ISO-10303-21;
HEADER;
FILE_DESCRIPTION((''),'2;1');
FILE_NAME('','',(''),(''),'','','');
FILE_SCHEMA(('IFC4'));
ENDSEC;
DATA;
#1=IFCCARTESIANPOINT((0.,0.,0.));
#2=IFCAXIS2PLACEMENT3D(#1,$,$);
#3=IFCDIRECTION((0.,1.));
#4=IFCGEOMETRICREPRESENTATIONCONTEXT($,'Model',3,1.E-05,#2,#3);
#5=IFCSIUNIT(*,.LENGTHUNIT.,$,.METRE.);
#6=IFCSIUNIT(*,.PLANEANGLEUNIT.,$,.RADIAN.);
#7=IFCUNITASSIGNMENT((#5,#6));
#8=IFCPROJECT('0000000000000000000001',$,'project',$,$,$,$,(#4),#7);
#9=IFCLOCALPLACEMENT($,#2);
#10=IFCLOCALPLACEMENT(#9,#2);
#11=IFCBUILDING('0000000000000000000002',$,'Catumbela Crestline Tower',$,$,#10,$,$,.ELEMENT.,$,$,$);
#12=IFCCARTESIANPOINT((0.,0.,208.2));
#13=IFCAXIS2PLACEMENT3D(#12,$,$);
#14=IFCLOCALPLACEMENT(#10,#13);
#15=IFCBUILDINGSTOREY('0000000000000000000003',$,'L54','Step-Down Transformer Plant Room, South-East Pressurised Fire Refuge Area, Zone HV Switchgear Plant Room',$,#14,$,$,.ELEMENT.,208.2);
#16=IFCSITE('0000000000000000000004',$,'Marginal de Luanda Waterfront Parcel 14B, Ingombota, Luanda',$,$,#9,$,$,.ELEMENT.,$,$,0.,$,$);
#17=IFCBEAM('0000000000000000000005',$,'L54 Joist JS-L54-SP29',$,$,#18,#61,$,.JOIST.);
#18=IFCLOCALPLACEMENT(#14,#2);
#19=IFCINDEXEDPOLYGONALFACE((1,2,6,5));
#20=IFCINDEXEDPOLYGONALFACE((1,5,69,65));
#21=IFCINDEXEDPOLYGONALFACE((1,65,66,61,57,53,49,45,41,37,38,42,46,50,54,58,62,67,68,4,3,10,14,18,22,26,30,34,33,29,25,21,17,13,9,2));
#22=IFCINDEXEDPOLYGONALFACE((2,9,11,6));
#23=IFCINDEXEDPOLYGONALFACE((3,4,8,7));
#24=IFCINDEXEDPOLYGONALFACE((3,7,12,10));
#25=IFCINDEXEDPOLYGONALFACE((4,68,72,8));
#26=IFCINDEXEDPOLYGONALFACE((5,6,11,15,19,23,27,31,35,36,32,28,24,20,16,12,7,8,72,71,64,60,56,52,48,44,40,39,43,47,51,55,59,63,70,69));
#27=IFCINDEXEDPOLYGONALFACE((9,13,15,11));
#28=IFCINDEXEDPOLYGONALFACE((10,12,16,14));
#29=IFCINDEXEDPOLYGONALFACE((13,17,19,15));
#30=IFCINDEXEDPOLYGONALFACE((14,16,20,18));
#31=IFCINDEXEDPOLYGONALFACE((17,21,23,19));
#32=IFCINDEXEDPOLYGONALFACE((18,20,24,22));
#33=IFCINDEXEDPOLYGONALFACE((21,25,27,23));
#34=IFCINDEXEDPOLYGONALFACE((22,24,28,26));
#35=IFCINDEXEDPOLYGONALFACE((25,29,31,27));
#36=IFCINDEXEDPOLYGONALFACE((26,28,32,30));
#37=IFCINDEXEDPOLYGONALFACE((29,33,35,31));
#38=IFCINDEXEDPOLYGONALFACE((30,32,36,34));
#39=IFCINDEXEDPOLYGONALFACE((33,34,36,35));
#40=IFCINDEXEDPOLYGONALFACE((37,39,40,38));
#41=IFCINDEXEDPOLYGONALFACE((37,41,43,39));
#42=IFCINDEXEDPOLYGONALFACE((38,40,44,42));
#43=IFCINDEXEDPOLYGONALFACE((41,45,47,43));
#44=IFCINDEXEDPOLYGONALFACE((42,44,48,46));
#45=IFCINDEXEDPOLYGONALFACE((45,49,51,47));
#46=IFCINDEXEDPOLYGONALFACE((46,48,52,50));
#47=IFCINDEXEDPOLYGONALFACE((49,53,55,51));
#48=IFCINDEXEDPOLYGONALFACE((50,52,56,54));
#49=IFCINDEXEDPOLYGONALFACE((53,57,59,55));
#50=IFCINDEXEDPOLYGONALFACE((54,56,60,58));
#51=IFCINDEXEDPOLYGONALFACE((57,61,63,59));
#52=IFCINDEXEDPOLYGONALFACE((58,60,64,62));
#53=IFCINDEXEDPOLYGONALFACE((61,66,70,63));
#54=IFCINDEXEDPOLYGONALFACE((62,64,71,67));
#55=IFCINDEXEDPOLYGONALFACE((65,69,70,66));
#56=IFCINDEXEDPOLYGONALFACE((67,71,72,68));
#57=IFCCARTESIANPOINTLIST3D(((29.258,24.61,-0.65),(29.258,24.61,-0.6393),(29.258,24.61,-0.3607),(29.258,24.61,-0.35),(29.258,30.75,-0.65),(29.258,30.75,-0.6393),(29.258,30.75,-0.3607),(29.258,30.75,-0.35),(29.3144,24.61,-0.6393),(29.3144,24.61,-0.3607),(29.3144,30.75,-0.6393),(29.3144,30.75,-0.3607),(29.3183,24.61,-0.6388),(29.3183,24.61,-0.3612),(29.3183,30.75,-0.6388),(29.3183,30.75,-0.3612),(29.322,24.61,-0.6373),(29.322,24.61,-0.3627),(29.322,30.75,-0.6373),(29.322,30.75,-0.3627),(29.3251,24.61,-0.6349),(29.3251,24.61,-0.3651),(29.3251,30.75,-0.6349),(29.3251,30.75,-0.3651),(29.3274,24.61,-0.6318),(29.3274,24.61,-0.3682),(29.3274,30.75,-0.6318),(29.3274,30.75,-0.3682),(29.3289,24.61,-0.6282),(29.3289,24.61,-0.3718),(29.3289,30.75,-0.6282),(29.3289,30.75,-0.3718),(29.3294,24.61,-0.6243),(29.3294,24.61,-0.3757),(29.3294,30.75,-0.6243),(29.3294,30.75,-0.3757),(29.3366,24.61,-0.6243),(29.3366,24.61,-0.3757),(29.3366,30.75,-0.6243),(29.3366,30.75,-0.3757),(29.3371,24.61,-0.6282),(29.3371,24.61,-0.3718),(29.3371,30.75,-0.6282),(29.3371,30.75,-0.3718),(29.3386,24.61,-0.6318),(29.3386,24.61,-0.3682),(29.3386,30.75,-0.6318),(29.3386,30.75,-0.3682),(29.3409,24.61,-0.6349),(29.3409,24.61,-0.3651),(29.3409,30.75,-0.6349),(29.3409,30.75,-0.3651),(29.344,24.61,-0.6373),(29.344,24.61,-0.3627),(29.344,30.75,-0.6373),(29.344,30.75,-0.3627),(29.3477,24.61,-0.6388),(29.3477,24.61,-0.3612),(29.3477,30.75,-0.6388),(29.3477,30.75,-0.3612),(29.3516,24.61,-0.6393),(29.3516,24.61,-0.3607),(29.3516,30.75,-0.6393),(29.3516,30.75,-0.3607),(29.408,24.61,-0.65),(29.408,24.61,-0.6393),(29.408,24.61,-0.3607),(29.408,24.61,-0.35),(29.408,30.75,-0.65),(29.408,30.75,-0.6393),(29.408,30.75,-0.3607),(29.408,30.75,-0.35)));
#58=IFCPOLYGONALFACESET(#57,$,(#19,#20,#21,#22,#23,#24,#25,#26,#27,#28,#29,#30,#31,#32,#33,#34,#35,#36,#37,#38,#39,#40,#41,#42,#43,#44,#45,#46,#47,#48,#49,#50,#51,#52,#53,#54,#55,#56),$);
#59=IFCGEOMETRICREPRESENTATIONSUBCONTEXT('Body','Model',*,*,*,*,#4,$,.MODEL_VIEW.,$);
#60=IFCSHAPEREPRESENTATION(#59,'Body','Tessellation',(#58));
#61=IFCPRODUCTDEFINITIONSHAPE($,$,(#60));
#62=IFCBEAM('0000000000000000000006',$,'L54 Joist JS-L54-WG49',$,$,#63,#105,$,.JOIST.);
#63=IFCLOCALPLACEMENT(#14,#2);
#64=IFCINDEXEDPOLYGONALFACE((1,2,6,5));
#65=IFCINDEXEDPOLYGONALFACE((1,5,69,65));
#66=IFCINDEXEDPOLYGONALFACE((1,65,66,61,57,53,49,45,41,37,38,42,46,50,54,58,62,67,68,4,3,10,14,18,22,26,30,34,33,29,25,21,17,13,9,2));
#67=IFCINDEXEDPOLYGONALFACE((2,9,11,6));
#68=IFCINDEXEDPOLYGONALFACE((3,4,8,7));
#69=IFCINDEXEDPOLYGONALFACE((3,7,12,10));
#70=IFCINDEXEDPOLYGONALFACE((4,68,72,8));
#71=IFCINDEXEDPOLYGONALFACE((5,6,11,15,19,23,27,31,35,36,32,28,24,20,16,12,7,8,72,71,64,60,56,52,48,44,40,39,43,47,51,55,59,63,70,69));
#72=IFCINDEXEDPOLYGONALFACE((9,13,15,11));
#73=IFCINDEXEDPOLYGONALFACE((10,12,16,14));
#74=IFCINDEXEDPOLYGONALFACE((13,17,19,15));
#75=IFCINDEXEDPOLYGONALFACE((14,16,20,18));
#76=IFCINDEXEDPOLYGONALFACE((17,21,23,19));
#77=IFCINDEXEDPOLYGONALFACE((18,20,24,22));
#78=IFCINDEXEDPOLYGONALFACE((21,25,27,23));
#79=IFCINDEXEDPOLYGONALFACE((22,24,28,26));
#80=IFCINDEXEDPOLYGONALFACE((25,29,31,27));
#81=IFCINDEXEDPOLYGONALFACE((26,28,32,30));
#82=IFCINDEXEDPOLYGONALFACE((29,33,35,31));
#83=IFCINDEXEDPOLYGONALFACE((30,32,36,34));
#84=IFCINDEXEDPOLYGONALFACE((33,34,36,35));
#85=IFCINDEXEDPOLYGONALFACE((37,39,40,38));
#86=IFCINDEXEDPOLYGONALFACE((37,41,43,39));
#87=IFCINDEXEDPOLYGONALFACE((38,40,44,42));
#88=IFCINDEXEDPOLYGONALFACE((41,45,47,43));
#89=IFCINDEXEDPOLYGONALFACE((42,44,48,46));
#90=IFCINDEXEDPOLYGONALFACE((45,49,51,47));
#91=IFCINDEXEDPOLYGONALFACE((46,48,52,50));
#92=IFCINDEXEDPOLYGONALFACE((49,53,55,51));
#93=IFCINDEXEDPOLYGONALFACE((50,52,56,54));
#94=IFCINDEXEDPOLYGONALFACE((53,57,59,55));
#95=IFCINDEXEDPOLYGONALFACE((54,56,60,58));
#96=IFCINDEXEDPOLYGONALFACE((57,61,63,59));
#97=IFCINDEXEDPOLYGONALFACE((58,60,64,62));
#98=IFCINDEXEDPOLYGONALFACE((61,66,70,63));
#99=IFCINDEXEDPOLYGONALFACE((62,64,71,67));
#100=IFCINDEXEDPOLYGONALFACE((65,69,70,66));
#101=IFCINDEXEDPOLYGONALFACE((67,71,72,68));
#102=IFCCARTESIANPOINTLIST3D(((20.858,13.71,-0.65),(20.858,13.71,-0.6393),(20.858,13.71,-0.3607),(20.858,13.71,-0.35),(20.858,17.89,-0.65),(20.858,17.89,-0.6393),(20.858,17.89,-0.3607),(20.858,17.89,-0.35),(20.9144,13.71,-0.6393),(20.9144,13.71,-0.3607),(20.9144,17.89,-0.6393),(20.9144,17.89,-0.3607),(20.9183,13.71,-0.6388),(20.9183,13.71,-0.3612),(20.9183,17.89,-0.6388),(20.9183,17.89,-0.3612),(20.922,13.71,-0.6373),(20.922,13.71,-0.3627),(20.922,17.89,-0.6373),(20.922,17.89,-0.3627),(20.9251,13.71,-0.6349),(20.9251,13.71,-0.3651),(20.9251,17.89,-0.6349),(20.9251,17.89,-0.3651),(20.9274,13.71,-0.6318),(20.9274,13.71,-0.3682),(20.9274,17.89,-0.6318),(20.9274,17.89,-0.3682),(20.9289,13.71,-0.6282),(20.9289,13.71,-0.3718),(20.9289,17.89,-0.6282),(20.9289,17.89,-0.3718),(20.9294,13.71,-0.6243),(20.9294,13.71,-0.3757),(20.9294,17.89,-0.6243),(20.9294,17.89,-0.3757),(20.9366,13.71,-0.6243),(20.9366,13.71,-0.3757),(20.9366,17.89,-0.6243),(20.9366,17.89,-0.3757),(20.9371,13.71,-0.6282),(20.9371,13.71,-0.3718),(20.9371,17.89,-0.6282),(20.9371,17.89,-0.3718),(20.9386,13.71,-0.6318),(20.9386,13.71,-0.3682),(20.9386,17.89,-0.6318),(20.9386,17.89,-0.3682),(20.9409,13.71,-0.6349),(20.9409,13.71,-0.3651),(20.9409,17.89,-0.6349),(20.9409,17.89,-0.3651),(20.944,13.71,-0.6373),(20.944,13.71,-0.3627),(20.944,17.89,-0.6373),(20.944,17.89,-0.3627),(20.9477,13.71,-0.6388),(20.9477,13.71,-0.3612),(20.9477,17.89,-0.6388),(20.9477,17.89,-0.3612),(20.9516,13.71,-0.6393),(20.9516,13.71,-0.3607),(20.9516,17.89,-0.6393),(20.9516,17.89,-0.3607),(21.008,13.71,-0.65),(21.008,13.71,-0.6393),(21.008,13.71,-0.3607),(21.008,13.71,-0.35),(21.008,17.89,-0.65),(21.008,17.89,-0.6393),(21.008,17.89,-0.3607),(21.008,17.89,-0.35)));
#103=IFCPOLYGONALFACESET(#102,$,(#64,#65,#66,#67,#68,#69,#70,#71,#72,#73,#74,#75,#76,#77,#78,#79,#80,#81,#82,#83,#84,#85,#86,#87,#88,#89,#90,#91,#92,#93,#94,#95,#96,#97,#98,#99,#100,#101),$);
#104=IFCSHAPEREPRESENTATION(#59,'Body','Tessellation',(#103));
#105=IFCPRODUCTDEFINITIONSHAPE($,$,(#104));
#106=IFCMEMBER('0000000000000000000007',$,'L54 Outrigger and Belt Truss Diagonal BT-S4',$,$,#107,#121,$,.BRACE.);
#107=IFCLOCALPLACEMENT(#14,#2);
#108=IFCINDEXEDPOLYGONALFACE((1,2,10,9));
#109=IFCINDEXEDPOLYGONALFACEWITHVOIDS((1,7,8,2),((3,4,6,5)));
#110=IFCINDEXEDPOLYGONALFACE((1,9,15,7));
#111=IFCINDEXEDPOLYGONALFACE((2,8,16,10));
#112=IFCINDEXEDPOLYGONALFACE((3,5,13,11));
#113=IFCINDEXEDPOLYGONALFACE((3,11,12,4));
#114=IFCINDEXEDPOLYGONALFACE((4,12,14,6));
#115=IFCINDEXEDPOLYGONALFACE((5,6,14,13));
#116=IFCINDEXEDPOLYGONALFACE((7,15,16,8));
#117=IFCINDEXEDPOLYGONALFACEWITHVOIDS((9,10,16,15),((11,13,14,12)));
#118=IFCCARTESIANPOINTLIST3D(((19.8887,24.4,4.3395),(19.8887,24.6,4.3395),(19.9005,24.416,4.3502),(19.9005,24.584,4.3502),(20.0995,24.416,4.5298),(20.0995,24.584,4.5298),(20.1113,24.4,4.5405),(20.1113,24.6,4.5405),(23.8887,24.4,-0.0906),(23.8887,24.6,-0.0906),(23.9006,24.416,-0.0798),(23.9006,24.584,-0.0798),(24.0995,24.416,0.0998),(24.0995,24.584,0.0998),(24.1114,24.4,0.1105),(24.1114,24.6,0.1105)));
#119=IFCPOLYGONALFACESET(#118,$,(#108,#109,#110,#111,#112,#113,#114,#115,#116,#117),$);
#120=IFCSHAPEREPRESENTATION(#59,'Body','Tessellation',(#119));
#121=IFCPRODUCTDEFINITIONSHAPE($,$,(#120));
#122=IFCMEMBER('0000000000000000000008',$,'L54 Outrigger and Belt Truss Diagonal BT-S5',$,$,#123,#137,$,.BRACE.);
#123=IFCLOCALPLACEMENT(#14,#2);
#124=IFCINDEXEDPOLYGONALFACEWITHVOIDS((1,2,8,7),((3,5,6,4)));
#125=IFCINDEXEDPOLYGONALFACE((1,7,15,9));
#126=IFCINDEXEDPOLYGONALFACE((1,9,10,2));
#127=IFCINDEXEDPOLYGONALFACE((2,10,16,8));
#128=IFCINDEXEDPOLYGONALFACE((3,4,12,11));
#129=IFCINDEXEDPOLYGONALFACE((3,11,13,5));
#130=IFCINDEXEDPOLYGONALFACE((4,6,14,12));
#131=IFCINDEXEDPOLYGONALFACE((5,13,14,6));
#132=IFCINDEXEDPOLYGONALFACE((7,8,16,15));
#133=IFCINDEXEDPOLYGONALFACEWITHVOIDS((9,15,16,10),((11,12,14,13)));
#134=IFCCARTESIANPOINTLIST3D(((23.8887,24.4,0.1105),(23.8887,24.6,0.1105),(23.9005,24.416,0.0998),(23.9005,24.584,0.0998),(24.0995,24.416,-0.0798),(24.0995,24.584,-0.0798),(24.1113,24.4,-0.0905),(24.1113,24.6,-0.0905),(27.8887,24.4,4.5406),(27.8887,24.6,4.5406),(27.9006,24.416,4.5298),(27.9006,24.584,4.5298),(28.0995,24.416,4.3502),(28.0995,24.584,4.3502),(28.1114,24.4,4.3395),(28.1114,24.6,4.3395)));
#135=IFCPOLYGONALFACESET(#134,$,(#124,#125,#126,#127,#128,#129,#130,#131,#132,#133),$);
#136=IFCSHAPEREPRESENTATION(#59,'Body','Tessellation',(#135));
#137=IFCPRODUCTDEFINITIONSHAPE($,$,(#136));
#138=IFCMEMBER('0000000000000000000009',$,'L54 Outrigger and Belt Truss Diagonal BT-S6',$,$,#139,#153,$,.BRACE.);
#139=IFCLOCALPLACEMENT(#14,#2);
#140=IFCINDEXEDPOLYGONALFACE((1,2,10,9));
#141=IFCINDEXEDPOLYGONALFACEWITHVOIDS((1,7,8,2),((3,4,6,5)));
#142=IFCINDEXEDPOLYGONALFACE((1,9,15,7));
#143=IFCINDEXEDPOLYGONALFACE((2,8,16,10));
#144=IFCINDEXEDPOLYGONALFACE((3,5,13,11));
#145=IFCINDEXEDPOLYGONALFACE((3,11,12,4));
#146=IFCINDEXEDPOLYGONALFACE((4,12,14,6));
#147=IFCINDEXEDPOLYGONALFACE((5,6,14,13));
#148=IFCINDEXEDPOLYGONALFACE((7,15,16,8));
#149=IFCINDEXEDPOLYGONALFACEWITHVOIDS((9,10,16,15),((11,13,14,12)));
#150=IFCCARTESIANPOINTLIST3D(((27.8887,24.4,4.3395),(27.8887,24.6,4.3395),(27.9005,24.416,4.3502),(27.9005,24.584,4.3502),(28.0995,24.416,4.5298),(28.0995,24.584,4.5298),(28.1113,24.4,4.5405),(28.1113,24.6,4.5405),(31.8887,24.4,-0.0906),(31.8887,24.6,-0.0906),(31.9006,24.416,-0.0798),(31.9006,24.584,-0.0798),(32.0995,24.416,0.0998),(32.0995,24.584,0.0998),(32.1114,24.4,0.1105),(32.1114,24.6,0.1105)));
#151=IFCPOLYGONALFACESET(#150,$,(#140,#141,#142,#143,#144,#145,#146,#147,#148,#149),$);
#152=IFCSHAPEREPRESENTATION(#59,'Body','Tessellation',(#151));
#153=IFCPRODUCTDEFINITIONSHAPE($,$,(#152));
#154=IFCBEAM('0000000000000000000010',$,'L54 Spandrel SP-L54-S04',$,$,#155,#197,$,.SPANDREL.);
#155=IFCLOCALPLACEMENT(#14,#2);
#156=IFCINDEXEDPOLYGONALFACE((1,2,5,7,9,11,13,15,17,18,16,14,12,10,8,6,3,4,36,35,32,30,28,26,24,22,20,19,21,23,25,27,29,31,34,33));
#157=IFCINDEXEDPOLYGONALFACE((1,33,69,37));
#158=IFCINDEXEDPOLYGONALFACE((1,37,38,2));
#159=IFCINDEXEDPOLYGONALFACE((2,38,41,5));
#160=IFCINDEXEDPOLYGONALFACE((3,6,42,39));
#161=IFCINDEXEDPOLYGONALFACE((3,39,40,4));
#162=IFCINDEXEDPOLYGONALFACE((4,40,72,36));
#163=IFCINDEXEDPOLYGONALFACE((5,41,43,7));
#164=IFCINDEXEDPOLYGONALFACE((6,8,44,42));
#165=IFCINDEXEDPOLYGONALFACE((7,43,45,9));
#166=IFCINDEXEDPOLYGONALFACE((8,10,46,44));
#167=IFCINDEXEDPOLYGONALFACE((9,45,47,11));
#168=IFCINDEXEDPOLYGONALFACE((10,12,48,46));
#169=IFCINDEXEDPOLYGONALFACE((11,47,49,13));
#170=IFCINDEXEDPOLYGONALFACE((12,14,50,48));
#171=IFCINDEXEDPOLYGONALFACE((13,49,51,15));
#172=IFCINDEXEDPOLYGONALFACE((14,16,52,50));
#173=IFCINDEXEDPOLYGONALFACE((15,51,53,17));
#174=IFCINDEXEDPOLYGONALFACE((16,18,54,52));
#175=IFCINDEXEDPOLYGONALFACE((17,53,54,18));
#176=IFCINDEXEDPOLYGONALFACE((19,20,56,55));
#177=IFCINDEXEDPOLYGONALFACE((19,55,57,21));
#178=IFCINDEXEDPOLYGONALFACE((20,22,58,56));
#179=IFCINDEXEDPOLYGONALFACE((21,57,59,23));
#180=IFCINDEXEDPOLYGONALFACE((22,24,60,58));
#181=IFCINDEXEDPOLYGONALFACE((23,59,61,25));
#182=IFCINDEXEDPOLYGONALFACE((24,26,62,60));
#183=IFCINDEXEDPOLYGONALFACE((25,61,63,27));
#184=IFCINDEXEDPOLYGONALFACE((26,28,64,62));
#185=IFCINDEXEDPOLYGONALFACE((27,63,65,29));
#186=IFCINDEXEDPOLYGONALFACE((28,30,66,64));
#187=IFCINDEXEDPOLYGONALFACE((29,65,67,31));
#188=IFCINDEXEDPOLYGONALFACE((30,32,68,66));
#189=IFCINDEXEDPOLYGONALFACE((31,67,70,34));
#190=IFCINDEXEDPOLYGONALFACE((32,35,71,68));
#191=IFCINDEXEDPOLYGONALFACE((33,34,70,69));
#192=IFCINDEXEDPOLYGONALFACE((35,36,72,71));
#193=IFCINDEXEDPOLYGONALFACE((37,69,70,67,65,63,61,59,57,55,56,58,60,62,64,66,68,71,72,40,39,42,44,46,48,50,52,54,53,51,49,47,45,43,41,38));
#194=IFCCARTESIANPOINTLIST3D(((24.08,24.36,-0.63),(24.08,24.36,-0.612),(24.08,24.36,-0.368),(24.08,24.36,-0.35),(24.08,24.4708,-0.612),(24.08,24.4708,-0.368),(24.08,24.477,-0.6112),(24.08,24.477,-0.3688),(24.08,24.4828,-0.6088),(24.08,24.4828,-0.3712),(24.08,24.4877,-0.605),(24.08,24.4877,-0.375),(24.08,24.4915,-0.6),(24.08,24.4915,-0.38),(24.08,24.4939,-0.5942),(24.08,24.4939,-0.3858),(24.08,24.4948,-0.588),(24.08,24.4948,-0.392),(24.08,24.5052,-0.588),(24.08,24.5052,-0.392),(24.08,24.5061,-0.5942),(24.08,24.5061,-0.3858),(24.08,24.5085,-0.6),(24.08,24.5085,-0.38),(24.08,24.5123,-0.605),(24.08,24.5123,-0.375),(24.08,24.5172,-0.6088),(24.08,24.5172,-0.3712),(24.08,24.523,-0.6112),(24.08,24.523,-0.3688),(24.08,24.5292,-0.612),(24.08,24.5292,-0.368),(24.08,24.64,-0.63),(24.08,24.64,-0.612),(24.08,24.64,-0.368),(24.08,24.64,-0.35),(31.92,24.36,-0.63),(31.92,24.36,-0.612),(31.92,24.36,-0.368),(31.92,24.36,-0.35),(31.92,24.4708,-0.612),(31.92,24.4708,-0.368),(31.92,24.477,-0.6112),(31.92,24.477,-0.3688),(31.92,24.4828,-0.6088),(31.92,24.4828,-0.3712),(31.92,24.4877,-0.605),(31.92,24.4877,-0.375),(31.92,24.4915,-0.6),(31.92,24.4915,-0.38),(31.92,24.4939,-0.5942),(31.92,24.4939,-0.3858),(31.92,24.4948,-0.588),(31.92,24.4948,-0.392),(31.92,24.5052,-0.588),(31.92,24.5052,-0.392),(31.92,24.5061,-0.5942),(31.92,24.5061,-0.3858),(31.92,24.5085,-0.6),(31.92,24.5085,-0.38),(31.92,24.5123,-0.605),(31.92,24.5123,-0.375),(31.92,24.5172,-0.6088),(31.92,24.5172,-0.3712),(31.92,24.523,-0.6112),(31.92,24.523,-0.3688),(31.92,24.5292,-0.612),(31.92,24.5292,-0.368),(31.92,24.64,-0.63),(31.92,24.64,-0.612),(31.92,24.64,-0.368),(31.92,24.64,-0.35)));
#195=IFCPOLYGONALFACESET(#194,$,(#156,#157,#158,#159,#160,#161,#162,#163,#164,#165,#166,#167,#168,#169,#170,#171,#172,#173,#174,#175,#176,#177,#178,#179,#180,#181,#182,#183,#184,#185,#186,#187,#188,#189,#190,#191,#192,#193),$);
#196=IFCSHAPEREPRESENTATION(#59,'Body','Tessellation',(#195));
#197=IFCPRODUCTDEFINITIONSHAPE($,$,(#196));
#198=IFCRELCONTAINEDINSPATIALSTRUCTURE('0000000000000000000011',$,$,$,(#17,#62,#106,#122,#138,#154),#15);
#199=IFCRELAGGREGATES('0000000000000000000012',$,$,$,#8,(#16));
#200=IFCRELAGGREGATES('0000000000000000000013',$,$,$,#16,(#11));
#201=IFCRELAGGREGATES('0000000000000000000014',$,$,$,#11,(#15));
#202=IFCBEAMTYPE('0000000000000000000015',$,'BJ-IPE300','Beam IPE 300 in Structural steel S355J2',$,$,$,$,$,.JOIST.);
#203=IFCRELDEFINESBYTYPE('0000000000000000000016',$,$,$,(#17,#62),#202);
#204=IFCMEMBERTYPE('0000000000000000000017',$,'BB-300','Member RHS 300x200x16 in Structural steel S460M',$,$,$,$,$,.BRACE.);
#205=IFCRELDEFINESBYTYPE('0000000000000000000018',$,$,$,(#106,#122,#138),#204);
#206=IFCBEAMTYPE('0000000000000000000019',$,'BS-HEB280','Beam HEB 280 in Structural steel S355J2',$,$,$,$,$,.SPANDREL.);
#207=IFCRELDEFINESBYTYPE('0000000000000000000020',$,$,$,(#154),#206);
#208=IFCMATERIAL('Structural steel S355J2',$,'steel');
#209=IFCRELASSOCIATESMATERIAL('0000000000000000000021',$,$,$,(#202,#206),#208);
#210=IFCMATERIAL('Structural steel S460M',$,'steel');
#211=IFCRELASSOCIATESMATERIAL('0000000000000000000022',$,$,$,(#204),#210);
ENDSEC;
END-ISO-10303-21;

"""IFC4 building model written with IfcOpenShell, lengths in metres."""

from ifc_helpers import new_model, si_unit, direction, frame, origin, origin_2d, place, context, subcontext, project, spatial, hollow_rectangle, i_section, extrude, material, material_profile, profile_set, type_object, element, save


model = new_model("IFC4")

# Units and contexts
model_context = context("Model", 3, precision=1e-05, world=origin(), true_north=direction((0.0, 1.0)))
body_context = subcontext(model_context, "Body", "Model", "MODEL_VIEW")
ifc_project = project(units=[si_unit("LENGTHUNIT", "METRE"), si_unit("PLANEANGLEUNIT", "RADIAN")], contexts=[model_context])

# Site, building, storey
site_placement = place(None, origin())
site = spatial("IfcSite", under=ifc_project, at=site_placement, Name="Marginal de Luanda Waterfront Parcel 14B, Ingombota, Luanda", CompositionType="ELEMENT", RefElevation=0.0)
building_placement = place(site_placement, origin())
building = spatial("IfcBuilding", under=site, at=building_placement, Name="Catumbela Crestline Tower", CompositionType="ELEMENT")
storey_placement = place(building_placement, frame((0.0, 0.0, 208.2)))
storey = spatial("IfcBuildingStorey", under=building, at=storey_placement, Name="L54", Description="Step-Down Transformer Plant Room, South-East Pressurised Fire Refuge Area, Zone HV Switchgear Plant Room", CompositionType="ELEMENT", Elevation=208.2)

# Shared definitions
ifc_material_1 = material(Name="Structural steel S355J2", Category="steel")

# Beams
ifc_material_profile_1 = material_profile(ifc_material_1, i_section(OverallWidth=0.15, OverallDepth=0.3, WebThickness=0.0071, FlangeThickness=0.0107, FilletRadius=0.015, at=origin_2d()), Name="IPE 300")
ifc_profile_set_1 = profile_set([ifc_material_profile_1], Name="Structural steel S355J2")
beam_type_1 = type_object("IfcBeamType", Name="BJ-IPE300", Description="Beam IPE 300 in Structural steel S355J2", PredefinedType="JOIST", material=ifc_profile_set_1)
for number, where, z_axis, x_axis, name in (
    (1, (29.333, 24.61, -0.5), (0.0, 1.0, 0.0), (-1.0, 0.0, 0.0), "L54 Joist JS-L54-SP29"),
):
    element("IfcBeam", number, at=place(storey_placement, frame(where, z_axis=z_axis, x_axis=x_axis)), inside=storey, type_object=beam_type_1, Name=name, PredefinedType="JOIST", context=body_context, shape_type="SweptSolid", body=[
        extrude(i_section(OverallWidth=0.15, OverallDepth=0.3, WebThickness=0.0071, FlangeThickness=0.0107, FilletRadius=0.015, at=origin_2d()), origin(), (0.0, 0.0, 1.0), 6.14),
    ])
beam_1_placement = place(storey_placement, frame((20.933, 13.71, -0.5), z_axis=(0.0, 1.0, 0.0), x_axis=(-1.0, 0.0, 0.0)))
element("IfcBeam", 2, at=beam_1_placement, inside=storey, type_object=beam_type_1, Name="L54 Joist JS-L54-WG49", PredefinedType="JOIST", context=body_context, shape_type="SweptSolid", body=[
    extrude(i_section(OverallWidth=0.15, OverallDepth=0.3, WebThickness=0.0071, FlangeThickness=0.0107, FilletRadius=0.015, at=origin_2d()), origin(), (0.0, 0.0, 1.0), 4.18),
])

# Members
ifc_material_2 = material(Name="Structural steel S460M", Category="steel")
ifc_material_profile_2 = material_profile(ifc_material_2, hollow_rectangle(XDim=0.2, YDim=0.3, WallThickness=0.016, at=origin_2d()), Name="RHS 300x200x16")
ifc_profile_set_2 = profile_set([ifc_material_profile_2], Name="Structural steel S460M")
member_type = type_object("IfcMemberType", Name="BB-300", Description="Member RHS 300x200x16 in Structural steel S460M", PredefinedType="BRACE", material=ifc_profile_set_2)
for number, where, z_axis, x_axis, name in (
    (3, (20.0, 24.5, 4.44), (0.670167, 0.0, -0.74221), (0.0, 1.0, 0.0), "L54 Outrigger and Belt Truss Diagonal BT-S4"),
    (4, (24.0, 24.5, 0.01), (0.670167, 0.0, 0.74221), (0.0, 1.0, 0.0), "L54 Outrigger and Belt Truss Diagonal BT-S5"),
    (5, (28.0, 24.5, 4.44), (0.670167, 0.0, -0.74221), (0.0, 1.0, 0.0), "L54 Outrigger and Belt Truss Diagonal BT-S6"),
):
    element("IfcMember", number, at=place(storey_placement, frame(where, z_axis=z_axis, x_axis=x_axis)), inside=storey, type_object=member_type, Name=name, PredefinedType="BRACE", context=body_context, shape_type="SweptSolid", body=[
        extrude(hollow_rectangle(XDim=0.2, YDim=0.3, WallThickness=0.016, at=origin_2d()), origin(), (0.0, 0.0, 1.0), 5.9687),
    ])

# Beam
ifc_material_profile_3 = material_profile(ifc_material_1, i_section(OverallWidth=0.28, OverallDepth=0.28, WebThickness=0.0105, FlangeThickness=0.018, FilletRadius=0.024, at=origin_2d()), Name="HEB 280")
ifc_profile_set_3 = profile_set([ifc_material_profile_3], Name="Structural steel S355J2")
beam_type_2 = type_object("IfcBeamType", Name="BS-HEB280", Description="Beam HEB 280 in Structural steel S355J2", PredefinedType="SPANDREL", material=ifc_profile_set_3)
beam_2_placement = place(storey_placement, frame((24.08, 24.5, -0.49), z_axis=(1.0, 0.0, 0.0), x_axis=(0.0, 1.0, 0.0)))
element("IfcBeam", 6, at=beam_2_placement, inside=storey, type_object=beam_type_2, Name="L54 Spandrel SP-L54-S04", PredefinedType="SPANDREL", context=body_context, shape_type="SweptSolid", body=[
    extrude(i_section(OverallWidth=0.28, OverallDepth=0.28, WebThickness=0.0105, FlangeThickness=0.018, FilletRadius=0.024, at=origin_2d()), origin(), (0.0, 0.0, 1.0), 7.84),
])

save(model, "model.ifc")
